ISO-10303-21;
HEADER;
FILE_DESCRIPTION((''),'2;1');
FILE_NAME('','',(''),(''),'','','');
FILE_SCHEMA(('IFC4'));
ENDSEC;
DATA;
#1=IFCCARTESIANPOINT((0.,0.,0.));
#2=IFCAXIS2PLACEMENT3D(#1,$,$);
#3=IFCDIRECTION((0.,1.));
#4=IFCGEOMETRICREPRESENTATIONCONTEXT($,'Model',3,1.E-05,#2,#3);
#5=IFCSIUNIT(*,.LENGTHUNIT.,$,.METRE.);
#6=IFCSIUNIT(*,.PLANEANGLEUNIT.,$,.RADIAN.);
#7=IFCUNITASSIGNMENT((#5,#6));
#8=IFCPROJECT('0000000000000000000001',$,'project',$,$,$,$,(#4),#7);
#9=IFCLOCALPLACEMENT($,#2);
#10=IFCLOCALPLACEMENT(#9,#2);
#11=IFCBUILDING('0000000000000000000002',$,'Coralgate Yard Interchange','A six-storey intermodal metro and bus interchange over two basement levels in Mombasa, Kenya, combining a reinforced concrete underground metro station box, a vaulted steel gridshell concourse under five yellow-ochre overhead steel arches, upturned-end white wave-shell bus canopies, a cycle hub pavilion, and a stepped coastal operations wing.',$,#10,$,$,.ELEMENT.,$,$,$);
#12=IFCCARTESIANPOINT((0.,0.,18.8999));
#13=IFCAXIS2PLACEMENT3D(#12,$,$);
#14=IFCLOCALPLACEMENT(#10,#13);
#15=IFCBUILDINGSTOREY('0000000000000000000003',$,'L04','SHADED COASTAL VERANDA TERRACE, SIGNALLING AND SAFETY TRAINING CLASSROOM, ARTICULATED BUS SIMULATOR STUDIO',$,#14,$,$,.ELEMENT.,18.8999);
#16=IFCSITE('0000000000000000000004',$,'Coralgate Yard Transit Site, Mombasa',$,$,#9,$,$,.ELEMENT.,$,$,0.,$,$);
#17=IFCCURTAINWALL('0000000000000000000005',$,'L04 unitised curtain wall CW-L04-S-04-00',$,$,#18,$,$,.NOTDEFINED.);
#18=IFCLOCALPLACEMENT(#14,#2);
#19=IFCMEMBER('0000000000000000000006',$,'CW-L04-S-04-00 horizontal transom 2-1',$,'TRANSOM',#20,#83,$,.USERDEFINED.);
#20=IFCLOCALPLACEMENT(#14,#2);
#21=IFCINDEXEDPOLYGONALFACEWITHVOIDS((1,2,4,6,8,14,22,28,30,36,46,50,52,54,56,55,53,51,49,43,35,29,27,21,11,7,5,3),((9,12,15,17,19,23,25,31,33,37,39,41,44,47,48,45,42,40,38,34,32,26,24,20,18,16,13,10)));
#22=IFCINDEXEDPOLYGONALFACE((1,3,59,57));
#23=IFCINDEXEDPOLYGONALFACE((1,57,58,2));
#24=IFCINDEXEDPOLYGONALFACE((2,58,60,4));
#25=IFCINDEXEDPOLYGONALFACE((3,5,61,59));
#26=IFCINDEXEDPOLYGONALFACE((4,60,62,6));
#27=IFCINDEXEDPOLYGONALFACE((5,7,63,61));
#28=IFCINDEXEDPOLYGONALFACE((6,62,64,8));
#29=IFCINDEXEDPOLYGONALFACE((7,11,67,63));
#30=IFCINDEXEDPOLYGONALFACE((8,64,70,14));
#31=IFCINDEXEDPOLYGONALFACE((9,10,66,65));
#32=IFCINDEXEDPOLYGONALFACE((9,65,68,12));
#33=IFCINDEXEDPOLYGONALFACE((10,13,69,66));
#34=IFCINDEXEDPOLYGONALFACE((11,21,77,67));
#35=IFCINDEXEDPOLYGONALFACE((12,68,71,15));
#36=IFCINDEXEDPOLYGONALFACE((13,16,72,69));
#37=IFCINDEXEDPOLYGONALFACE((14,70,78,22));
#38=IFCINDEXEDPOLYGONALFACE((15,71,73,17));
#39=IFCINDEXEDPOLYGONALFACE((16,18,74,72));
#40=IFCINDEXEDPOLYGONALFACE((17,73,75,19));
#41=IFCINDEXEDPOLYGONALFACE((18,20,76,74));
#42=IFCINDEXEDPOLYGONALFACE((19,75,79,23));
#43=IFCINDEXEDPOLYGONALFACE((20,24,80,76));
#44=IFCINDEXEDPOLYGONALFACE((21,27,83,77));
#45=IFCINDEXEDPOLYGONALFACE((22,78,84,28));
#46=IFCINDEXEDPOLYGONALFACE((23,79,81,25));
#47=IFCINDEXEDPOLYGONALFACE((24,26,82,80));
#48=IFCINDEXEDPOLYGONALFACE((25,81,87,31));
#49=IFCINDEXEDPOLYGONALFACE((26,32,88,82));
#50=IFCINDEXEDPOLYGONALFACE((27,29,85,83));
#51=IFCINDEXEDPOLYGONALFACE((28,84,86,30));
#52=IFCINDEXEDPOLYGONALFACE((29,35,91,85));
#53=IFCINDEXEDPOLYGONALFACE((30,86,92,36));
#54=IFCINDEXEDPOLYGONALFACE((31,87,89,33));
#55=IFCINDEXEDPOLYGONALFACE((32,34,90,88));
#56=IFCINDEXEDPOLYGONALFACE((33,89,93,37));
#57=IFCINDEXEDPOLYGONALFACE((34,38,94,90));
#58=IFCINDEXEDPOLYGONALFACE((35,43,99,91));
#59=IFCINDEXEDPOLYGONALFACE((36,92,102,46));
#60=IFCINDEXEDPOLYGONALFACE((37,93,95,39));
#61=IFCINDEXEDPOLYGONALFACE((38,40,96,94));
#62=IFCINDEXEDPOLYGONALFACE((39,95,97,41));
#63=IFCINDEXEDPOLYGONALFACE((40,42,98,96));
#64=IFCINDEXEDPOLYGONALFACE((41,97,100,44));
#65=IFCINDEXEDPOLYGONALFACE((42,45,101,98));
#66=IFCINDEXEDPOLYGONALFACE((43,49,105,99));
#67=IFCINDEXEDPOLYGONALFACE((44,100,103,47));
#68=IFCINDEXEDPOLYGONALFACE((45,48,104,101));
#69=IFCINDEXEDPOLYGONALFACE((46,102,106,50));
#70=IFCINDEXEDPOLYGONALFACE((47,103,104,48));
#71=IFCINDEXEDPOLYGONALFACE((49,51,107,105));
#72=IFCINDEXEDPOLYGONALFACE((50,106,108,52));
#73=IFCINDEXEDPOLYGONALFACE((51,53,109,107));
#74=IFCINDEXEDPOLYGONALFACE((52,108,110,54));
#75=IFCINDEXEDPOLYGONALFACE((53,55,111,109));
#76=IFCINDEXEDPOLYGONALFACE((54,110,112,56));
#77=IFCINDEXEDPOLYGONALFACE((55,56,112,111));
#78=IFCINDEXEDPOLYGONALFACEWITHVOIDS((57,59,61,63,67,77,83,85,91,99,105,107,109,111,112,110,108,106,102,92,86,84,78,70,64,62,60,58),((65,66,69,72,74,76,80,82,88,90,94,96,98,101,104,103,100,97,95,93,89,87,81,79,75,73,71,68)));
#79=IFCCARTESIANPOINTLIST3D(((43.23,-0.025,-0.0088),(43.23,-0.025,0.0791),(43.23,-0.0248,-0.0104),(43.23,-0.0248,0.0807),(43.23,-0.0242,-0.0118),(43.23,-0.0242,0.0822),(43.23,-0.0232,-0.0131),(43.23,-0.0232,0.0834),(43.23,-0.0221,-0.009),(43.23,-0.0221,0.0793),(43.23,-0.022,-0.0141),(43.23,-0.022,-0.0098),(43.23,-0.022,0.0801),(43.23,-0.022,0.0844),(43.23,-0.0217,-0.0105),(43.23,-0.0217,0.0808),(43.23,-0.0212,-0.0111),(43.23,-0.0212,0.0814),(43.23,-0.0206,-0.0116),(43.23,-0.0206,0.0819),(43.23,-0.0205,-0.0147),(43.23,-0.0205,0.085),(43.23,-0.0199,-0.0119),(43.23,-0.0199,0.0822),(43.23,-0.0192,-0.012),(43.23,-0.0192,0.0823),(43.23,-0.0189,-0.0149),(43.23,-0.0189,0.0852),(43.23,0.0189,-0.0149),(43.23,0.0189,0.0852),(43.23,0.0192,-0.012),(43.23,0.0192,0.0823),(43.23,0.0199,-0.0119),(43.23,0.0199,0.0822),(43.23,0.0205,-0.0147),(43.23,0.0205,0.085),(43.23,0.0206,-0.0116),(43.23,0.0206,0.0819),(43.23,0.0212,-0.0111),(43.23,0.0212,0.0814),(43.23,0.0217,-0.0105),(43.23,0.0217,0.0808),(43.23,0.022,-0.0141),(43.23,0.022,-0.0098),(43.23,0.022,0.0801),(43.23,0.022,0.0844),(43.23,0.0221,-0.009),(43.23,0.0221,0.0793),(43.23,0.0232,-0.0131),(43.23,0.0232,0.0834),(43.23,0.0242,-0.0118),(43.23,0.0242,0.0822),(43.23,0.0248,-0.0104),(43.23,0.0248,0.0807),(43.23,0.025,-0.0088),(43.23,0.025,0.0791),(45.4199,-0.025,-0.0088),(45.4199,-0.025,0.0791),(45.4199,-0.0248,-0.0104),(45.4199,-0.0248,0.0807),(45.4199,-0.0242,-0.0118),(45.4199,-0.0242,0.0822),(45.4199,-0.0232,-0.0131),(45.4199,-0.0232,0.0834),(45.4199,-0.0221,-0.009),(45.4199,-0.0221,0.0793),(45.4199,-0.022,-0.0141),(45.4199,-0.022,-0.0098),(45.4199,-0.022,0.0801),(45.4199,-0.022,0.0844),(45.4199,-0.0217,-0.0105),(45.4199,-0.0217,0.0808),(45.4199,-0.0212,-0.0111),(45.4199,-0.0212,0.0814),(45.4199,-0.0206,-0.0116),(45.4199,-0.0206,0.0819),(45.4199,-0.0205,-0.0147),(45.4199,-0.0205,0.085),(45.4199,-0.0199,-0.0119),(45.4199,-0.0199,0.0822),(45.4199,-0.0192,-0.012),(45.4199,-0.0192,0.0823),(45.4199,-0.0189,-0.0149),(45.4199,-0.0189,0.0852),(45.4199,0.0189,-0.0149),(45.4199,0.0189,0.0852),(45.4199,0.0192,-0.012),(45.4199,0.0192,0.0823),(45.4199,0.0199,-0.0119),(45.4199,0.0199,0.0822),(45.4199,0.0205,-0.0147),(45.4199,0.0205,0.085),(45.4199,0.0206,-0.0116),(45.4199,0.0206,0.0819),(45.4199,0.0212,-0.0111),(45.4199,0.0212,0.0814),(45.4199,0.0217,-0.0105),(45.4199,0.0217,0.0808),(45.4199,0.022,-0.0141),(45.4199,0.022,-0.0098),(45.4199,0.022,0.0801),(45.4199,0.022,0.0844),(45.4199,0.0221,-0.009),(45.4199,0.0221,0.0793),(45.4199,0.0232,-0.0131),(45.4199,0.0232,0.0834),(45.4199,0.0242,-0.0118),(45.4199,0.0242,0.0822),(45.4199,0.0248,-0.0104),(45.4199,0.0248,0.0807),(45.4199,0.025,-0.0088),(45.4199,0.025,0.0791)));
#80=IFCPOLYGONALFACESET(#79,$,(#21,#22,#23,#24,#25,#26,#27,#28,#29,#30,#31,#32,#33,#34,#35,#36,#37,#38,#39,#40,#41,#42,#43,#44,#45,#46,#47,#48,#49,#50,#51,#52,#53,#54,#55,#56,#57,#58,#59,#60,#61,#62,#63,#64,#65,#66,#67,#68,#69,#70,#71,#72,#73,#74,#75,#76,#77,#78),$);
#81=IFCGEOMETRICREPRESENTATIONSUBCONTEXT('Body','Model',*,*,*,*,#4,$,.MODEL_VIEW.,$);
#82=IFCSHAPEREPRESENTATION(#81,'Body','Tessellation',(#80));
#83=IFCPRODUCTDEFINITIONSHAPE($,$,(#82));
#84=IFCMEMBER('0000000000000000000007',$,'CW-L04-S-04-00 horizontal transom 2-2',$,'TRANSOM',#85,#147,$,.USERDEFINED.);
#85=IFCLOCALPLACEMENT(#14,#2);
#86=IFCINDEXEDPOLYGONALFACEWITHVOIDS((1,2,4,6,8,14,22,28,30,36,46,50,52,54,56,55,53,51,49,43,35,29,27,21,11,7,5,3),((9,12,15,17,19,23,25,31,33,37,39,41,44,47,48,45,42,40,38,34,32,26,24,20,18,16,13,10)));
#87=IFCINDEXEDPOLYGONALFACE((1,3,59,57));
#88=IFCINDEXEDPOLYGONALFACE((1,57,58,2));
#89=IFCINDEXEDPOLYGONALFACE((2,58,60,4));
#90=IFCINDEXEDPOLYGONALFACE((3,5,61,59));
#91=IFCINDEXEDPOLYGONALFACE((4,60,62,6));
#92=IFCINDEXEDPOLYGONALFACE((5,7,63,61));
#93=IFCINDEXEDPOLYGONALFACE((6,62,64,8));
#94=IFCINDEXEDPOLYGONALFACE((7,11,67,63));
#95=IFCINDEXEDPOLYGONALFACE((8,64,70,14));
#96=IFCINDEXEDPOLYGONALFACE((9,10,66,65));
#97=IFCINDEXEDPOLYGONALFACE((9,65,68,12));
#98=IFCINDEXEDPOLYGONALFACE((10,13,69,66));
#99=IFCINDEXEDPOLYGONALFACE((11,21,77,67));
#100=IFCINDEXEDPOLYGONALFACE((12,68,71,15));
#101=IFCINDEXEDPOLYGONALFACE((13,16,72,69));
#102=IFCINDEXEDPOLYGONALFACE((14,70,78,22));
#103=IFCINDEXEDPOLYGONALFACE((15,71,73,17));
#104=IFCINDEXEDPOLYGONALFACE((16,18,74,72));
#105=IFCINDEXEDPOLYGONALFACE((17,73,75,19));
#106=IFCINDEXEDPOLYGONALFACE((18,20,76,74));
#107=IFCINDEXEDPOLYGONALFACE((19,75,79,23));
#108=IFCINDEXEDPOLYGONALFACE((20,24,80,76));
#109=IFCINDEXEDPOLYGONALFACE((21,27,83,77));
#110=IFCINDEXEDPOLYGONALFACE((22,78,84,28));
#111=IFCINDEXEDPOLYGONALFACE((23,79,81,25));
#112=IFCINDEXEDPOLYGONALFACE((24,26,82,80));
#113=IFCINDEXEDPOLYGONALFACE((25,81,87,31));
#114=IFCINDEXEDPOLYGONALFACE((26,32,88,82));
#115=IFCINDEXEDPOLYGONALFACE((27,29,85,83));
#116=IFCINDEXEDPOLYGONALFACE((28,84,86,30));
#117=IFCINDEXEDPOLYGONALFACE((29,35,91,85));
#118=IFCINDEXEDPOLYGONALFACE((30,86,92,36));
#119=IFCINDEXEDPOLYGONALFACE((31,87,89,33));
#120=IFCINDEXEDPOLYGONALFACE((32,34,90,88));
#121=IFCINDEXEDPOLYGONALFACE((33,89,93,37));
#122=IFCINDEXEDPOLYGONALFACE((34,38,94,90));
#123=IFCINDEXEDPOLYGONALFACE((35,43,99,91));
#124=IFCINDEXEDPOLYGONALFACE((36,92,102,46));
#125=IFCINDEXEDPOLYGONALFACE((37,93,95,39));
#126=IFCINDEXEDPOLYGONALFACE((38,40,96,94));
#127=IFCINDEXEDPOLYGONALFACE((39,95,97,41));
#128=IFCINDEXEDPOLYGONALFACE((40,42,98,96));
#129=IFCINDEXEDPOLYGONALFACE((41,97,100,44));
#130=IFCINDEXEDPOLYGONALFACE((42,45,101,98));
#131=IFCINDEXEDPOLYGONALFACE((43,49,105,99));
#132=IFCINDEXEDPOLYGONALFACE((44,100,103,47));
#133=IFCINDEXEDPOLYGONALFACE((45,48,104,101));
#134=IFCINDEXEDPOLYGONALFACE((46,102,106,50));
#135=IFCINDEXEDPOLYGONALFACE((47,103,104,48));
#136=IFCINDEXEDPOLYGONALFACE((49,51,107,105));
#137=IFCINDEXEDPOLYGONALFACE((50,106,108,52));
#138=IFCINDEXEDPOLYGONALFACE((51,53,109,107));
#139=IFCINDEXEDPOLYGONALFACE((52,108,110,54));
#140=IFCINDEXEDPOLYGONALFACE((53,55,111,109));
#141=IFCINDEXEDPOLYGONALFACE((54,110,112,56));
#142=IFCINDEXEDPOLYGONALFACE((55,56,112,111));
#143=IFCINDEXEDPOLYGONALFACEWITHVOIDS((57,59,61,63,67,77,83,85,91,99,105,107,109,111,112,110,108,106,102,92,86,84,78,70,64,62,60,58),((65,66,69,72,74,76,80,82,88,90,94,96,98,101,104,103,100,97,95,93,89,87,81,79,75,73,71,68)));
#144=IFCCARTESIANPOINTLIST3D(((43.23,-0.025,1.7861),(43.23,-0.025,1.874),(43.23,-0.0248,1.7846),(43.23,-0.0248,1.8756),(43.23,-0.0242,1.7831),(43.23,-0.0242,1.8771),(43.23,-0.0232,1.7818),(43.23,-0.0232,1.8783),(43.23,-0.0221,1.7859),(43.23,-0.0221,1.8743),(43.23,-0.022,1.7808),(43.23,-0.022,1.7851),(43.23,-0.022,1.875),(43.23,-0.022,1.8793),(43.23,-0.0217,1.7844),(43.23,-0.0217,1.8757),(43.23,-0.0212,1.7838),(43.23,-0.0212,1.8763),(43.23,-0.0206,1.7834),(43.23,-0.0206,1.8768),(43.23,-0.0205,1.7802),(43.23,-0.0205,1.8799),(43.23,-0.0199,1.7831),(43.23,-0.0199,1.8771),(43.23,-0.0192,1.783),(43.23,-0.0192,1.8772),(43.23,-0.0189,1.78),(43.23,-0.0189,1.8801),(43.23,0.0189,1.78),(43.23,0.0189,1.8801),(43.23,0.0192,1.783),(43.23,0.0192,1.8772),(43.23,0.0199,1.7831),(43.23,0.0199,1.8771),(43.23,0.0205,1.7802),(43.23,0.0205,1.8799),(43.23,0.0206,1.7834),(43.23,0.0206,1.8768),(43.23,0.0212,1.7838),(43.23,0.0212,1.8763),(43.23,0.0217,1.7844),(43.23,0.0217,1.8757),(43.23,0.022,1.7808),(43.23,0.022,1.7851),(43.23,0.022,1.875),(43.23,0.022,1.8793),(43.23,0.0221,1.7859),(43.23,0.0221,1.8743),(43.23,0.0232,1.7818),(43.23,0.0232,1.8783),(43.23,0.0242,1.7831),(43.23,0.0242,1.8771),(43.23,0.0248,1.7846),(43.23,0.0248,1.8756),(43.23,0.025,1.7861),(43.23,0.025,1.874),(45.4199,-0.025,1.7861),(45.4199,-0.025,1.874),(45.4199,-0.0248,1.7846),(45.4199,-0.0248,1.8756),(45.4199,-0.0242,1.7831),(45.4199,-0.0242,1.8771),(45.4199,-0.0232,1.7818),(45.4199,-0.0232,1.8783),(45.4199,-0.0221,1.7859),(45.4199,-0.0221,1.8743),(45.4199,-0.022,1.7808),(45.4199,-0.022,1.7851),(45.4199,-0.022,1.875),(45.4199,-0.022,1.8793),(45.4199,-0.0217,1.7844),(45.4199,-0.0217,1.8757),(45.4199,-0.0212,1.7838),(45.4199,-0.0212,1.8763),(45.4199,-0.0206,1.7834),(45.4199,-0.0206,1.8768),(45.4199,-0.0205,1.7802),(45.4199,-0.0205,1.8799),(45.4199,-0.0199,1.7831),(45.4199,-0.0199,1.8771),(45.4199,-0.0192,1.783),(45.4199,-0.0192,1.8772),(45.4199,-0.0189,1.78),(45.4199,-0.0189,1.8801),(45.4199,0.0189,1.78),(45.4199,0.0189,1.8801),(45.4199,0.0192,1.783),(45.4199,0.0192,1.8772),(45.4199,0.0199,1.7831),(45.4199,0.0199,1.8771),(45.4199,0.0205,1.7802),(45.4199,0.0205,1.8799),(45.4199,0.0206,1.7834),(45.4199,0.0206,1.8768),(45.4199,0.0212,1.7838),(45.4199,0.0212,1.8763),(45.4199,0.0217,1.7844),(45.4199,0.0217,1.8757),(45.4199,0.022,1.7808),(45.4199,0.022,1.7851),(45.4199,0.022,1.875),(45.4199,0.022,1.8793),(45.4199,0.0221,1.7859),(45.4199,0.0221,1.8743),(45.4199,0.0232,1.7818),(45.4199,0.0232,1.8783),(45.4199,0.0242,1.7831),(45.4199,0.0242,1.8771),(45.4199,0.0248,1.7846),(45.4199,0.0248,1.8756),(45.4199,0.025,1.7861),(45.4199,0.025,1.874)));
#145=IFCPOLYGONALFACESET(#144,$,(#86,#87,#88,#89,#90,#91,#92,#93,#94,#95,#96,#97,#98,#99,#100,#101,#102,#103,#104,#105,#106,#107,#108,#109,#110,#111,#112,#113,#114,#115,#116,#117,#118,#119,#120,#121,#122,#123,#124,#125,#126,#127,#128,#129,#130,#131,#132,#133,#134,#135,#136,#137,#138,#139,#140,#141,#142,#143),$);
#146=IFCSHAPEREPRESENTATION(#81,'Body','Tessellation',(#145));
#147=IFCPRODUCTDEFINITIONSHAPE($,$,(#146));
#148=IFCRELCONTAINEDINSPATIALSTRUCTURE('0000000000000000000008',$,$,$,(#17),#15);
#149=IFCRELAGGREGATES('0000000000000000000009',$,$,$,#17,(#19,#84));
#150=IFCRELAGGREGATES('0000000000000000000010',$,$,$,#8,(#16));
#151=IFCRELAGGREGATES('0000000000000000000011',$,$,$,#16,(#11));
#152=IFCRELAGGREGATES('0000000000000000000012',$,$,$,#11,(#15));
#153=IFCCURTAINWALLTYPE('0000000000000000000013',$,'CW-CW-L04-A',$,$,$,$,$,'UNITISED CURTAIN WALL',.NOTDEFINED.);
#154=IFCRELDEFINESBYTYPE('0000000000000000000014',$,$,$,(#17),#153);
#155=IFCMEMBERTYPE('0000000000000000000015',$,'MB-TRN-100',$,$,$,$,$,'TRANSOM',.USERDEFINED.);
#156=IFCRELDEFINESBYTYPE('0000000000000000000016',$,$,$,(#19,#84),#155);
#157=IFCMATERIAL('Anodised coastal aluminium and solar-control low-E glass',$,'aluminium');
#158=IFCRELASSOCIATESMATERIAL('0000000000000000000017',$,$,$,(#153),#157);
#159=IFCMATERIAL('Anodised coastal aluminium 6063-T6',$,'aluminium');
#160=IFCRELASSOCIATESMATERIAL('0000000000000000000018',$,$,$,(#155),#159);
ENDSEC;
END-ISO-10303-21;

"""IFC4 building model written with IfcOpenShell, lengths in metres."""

from ifc_helpers import new_model, si_unit, direction, frame, origin, origin_2d, place, context, subcontext, project, spatial, hollow_rectangle, extrude, material, material_profile, profile_set, type_object, element, aggregate, save


model = new_model("IFC4")

# Units and contexts
model_context = context("Model", 3, precision=1e-05, world=origin(), true_north=direction((0.0, 1.0)))
body_context = subcontext(model_context, "Body", "Model", "MODEL_VIEW")
ifc_project = project(units=[si_unit("LENGTHUNIT", "METRE"), si_unit("PLANEANGLEUNIT", "RADIAN")], contexts=[model_context])

# Site, building, storey
site_placement = place(None, origin())
site = spatial("IfcSite", under=ifc_project, at=site_placement, Name="Coralgate Yard Transit Site, Mombasa", CompositionType="ELEMENT", RefElevation=0.0)
building_placement = place(site_placement, origin())
building = spatial("IfcBuilding", under=site, at=building_placement, Name="Coralgate Yard Interchange", Description="A six-storey intermodal metro and bus interchange over two basement levels in Mombasa, Kenya, combining a reinforced concrete underground metro station box, a vaulted steel gridshell concourse under five yellow-ochre overhead steel arches, upturned-end white wave-shell bus canopies, a cycle hub pavilion, and a stepped coastal operations wing.", CompositionType="ELEMENT")
storey_placement = place(building_placement, frame((0.0, 0.0, 18.8999)))
storey = spatial("IfcBuildingStorey", under=building, at=storey_placement, Name="L04", Description="SHADED COASTAL VERANDA TERRACE, SIGNALLING AND SAFETY TRAINING CLASSROOM, ARTICULATED BUS SIMULATOR STUDIO", CompositionType="ELEMENT", Elevation=18.8999)

# Curtain wall, members
ifc_material_1 = material(Name="Anodised coastal aluminium and solar-control low-E glass", Category="aluminium")
curtain_wall_type = type_object("IfcCurtainWallType", Name="CW-CW-L04-A", ElementType="UNITISED CURTAIN WALL", PredefinedType="NOTDEFINED", material=ifc_material_1)
curtain_wall_placement = place(storey_placement, origin())
curtain_wall = element("IfcCurtainWall", 1, at=curtain_wall_placement, inside=storey, type_object=curtain_wall_type, Name="L04 unitised curtain wall CW-L04-S-04-00", PredefinedType="NOTDEFINED")
ifc_material_2 = material(Name="Anodised coastal aluminium 6063-T6", Category="aluminium")
ifc_material_profile_1 = material_profile(ifc_material_2, hollow_rectangle(XDim=0.05, YDim=0.1001, WallThickness=0.0029, InnerFilletRadius=0.0029, OuterFilletRadius=0.0061, at=origin_2d()), Name="ALU 50x100x3")
ifc_profile_set_1 = profile_set([ifc_material_profile_1], Name="Anodised coastal aluminium 6063-T6")
member_type_1 = type_object("IfcMemberType", Name="MB-TRN-100", ElementType="TRANSOM", PredefinedType="USERDEFINED", material=ifc_profile_set_1)
member_1_placement = place(storey_placement, frame((45.4199, 0.0, 0.0352), z_axis=(-1.0, 0.0, 0.0), x_axis=(0.0, -1.0, 0.0)))
member_1 = element("IfcMember", 2, at=member_1_placement, type_object=member_type_1, Name="CW-L04-S-04-00 horizontal transom 2-1", ObjectType="TRANSOM", PredefinedType="USERDEFINED", context=body_context, shape_type="SweptSolid", body=[
    extrude(hollow_rectangle(XDim=0.05, YDim=0.1001, WallThickness=0.0029, InnerFilletRadius=0.0029, OuterFilletRadius=0.0061, at=origin_2d()), origin(), (0.0, 0.0, 1.0), 2.1899),
])
member_2_placement = place(storey_placement, frame((45.4199, 0.0, 1.8301), z_axis=(-1.0, 0.0, 0.0), x_axis=(0.0, -1.0, 0.0)))
member_2 = element("IfcMember", 3, at=member_2_placement, type_object=member_type_1, Name="CW-L04-S-04-00 horizontal transom 2-2", ObjectType="TRANSOM", PredefinedType="USERDEFINED", context=body_context, shape_type="SweptSolid", body=[
    extrude(hollow_rectangle(XDim=0.05, YDim=0.1001, WallThickness=0.0029, InnerFilletRadius=0.0029, OuterFilletRadius=0.0061, at=origin_2d()), origin(), (0.0, 0.0, 1.0), 2.1899),
])
aggregate(curtain_wall, [member_1, member_2])

save(model, "model.ifc")
